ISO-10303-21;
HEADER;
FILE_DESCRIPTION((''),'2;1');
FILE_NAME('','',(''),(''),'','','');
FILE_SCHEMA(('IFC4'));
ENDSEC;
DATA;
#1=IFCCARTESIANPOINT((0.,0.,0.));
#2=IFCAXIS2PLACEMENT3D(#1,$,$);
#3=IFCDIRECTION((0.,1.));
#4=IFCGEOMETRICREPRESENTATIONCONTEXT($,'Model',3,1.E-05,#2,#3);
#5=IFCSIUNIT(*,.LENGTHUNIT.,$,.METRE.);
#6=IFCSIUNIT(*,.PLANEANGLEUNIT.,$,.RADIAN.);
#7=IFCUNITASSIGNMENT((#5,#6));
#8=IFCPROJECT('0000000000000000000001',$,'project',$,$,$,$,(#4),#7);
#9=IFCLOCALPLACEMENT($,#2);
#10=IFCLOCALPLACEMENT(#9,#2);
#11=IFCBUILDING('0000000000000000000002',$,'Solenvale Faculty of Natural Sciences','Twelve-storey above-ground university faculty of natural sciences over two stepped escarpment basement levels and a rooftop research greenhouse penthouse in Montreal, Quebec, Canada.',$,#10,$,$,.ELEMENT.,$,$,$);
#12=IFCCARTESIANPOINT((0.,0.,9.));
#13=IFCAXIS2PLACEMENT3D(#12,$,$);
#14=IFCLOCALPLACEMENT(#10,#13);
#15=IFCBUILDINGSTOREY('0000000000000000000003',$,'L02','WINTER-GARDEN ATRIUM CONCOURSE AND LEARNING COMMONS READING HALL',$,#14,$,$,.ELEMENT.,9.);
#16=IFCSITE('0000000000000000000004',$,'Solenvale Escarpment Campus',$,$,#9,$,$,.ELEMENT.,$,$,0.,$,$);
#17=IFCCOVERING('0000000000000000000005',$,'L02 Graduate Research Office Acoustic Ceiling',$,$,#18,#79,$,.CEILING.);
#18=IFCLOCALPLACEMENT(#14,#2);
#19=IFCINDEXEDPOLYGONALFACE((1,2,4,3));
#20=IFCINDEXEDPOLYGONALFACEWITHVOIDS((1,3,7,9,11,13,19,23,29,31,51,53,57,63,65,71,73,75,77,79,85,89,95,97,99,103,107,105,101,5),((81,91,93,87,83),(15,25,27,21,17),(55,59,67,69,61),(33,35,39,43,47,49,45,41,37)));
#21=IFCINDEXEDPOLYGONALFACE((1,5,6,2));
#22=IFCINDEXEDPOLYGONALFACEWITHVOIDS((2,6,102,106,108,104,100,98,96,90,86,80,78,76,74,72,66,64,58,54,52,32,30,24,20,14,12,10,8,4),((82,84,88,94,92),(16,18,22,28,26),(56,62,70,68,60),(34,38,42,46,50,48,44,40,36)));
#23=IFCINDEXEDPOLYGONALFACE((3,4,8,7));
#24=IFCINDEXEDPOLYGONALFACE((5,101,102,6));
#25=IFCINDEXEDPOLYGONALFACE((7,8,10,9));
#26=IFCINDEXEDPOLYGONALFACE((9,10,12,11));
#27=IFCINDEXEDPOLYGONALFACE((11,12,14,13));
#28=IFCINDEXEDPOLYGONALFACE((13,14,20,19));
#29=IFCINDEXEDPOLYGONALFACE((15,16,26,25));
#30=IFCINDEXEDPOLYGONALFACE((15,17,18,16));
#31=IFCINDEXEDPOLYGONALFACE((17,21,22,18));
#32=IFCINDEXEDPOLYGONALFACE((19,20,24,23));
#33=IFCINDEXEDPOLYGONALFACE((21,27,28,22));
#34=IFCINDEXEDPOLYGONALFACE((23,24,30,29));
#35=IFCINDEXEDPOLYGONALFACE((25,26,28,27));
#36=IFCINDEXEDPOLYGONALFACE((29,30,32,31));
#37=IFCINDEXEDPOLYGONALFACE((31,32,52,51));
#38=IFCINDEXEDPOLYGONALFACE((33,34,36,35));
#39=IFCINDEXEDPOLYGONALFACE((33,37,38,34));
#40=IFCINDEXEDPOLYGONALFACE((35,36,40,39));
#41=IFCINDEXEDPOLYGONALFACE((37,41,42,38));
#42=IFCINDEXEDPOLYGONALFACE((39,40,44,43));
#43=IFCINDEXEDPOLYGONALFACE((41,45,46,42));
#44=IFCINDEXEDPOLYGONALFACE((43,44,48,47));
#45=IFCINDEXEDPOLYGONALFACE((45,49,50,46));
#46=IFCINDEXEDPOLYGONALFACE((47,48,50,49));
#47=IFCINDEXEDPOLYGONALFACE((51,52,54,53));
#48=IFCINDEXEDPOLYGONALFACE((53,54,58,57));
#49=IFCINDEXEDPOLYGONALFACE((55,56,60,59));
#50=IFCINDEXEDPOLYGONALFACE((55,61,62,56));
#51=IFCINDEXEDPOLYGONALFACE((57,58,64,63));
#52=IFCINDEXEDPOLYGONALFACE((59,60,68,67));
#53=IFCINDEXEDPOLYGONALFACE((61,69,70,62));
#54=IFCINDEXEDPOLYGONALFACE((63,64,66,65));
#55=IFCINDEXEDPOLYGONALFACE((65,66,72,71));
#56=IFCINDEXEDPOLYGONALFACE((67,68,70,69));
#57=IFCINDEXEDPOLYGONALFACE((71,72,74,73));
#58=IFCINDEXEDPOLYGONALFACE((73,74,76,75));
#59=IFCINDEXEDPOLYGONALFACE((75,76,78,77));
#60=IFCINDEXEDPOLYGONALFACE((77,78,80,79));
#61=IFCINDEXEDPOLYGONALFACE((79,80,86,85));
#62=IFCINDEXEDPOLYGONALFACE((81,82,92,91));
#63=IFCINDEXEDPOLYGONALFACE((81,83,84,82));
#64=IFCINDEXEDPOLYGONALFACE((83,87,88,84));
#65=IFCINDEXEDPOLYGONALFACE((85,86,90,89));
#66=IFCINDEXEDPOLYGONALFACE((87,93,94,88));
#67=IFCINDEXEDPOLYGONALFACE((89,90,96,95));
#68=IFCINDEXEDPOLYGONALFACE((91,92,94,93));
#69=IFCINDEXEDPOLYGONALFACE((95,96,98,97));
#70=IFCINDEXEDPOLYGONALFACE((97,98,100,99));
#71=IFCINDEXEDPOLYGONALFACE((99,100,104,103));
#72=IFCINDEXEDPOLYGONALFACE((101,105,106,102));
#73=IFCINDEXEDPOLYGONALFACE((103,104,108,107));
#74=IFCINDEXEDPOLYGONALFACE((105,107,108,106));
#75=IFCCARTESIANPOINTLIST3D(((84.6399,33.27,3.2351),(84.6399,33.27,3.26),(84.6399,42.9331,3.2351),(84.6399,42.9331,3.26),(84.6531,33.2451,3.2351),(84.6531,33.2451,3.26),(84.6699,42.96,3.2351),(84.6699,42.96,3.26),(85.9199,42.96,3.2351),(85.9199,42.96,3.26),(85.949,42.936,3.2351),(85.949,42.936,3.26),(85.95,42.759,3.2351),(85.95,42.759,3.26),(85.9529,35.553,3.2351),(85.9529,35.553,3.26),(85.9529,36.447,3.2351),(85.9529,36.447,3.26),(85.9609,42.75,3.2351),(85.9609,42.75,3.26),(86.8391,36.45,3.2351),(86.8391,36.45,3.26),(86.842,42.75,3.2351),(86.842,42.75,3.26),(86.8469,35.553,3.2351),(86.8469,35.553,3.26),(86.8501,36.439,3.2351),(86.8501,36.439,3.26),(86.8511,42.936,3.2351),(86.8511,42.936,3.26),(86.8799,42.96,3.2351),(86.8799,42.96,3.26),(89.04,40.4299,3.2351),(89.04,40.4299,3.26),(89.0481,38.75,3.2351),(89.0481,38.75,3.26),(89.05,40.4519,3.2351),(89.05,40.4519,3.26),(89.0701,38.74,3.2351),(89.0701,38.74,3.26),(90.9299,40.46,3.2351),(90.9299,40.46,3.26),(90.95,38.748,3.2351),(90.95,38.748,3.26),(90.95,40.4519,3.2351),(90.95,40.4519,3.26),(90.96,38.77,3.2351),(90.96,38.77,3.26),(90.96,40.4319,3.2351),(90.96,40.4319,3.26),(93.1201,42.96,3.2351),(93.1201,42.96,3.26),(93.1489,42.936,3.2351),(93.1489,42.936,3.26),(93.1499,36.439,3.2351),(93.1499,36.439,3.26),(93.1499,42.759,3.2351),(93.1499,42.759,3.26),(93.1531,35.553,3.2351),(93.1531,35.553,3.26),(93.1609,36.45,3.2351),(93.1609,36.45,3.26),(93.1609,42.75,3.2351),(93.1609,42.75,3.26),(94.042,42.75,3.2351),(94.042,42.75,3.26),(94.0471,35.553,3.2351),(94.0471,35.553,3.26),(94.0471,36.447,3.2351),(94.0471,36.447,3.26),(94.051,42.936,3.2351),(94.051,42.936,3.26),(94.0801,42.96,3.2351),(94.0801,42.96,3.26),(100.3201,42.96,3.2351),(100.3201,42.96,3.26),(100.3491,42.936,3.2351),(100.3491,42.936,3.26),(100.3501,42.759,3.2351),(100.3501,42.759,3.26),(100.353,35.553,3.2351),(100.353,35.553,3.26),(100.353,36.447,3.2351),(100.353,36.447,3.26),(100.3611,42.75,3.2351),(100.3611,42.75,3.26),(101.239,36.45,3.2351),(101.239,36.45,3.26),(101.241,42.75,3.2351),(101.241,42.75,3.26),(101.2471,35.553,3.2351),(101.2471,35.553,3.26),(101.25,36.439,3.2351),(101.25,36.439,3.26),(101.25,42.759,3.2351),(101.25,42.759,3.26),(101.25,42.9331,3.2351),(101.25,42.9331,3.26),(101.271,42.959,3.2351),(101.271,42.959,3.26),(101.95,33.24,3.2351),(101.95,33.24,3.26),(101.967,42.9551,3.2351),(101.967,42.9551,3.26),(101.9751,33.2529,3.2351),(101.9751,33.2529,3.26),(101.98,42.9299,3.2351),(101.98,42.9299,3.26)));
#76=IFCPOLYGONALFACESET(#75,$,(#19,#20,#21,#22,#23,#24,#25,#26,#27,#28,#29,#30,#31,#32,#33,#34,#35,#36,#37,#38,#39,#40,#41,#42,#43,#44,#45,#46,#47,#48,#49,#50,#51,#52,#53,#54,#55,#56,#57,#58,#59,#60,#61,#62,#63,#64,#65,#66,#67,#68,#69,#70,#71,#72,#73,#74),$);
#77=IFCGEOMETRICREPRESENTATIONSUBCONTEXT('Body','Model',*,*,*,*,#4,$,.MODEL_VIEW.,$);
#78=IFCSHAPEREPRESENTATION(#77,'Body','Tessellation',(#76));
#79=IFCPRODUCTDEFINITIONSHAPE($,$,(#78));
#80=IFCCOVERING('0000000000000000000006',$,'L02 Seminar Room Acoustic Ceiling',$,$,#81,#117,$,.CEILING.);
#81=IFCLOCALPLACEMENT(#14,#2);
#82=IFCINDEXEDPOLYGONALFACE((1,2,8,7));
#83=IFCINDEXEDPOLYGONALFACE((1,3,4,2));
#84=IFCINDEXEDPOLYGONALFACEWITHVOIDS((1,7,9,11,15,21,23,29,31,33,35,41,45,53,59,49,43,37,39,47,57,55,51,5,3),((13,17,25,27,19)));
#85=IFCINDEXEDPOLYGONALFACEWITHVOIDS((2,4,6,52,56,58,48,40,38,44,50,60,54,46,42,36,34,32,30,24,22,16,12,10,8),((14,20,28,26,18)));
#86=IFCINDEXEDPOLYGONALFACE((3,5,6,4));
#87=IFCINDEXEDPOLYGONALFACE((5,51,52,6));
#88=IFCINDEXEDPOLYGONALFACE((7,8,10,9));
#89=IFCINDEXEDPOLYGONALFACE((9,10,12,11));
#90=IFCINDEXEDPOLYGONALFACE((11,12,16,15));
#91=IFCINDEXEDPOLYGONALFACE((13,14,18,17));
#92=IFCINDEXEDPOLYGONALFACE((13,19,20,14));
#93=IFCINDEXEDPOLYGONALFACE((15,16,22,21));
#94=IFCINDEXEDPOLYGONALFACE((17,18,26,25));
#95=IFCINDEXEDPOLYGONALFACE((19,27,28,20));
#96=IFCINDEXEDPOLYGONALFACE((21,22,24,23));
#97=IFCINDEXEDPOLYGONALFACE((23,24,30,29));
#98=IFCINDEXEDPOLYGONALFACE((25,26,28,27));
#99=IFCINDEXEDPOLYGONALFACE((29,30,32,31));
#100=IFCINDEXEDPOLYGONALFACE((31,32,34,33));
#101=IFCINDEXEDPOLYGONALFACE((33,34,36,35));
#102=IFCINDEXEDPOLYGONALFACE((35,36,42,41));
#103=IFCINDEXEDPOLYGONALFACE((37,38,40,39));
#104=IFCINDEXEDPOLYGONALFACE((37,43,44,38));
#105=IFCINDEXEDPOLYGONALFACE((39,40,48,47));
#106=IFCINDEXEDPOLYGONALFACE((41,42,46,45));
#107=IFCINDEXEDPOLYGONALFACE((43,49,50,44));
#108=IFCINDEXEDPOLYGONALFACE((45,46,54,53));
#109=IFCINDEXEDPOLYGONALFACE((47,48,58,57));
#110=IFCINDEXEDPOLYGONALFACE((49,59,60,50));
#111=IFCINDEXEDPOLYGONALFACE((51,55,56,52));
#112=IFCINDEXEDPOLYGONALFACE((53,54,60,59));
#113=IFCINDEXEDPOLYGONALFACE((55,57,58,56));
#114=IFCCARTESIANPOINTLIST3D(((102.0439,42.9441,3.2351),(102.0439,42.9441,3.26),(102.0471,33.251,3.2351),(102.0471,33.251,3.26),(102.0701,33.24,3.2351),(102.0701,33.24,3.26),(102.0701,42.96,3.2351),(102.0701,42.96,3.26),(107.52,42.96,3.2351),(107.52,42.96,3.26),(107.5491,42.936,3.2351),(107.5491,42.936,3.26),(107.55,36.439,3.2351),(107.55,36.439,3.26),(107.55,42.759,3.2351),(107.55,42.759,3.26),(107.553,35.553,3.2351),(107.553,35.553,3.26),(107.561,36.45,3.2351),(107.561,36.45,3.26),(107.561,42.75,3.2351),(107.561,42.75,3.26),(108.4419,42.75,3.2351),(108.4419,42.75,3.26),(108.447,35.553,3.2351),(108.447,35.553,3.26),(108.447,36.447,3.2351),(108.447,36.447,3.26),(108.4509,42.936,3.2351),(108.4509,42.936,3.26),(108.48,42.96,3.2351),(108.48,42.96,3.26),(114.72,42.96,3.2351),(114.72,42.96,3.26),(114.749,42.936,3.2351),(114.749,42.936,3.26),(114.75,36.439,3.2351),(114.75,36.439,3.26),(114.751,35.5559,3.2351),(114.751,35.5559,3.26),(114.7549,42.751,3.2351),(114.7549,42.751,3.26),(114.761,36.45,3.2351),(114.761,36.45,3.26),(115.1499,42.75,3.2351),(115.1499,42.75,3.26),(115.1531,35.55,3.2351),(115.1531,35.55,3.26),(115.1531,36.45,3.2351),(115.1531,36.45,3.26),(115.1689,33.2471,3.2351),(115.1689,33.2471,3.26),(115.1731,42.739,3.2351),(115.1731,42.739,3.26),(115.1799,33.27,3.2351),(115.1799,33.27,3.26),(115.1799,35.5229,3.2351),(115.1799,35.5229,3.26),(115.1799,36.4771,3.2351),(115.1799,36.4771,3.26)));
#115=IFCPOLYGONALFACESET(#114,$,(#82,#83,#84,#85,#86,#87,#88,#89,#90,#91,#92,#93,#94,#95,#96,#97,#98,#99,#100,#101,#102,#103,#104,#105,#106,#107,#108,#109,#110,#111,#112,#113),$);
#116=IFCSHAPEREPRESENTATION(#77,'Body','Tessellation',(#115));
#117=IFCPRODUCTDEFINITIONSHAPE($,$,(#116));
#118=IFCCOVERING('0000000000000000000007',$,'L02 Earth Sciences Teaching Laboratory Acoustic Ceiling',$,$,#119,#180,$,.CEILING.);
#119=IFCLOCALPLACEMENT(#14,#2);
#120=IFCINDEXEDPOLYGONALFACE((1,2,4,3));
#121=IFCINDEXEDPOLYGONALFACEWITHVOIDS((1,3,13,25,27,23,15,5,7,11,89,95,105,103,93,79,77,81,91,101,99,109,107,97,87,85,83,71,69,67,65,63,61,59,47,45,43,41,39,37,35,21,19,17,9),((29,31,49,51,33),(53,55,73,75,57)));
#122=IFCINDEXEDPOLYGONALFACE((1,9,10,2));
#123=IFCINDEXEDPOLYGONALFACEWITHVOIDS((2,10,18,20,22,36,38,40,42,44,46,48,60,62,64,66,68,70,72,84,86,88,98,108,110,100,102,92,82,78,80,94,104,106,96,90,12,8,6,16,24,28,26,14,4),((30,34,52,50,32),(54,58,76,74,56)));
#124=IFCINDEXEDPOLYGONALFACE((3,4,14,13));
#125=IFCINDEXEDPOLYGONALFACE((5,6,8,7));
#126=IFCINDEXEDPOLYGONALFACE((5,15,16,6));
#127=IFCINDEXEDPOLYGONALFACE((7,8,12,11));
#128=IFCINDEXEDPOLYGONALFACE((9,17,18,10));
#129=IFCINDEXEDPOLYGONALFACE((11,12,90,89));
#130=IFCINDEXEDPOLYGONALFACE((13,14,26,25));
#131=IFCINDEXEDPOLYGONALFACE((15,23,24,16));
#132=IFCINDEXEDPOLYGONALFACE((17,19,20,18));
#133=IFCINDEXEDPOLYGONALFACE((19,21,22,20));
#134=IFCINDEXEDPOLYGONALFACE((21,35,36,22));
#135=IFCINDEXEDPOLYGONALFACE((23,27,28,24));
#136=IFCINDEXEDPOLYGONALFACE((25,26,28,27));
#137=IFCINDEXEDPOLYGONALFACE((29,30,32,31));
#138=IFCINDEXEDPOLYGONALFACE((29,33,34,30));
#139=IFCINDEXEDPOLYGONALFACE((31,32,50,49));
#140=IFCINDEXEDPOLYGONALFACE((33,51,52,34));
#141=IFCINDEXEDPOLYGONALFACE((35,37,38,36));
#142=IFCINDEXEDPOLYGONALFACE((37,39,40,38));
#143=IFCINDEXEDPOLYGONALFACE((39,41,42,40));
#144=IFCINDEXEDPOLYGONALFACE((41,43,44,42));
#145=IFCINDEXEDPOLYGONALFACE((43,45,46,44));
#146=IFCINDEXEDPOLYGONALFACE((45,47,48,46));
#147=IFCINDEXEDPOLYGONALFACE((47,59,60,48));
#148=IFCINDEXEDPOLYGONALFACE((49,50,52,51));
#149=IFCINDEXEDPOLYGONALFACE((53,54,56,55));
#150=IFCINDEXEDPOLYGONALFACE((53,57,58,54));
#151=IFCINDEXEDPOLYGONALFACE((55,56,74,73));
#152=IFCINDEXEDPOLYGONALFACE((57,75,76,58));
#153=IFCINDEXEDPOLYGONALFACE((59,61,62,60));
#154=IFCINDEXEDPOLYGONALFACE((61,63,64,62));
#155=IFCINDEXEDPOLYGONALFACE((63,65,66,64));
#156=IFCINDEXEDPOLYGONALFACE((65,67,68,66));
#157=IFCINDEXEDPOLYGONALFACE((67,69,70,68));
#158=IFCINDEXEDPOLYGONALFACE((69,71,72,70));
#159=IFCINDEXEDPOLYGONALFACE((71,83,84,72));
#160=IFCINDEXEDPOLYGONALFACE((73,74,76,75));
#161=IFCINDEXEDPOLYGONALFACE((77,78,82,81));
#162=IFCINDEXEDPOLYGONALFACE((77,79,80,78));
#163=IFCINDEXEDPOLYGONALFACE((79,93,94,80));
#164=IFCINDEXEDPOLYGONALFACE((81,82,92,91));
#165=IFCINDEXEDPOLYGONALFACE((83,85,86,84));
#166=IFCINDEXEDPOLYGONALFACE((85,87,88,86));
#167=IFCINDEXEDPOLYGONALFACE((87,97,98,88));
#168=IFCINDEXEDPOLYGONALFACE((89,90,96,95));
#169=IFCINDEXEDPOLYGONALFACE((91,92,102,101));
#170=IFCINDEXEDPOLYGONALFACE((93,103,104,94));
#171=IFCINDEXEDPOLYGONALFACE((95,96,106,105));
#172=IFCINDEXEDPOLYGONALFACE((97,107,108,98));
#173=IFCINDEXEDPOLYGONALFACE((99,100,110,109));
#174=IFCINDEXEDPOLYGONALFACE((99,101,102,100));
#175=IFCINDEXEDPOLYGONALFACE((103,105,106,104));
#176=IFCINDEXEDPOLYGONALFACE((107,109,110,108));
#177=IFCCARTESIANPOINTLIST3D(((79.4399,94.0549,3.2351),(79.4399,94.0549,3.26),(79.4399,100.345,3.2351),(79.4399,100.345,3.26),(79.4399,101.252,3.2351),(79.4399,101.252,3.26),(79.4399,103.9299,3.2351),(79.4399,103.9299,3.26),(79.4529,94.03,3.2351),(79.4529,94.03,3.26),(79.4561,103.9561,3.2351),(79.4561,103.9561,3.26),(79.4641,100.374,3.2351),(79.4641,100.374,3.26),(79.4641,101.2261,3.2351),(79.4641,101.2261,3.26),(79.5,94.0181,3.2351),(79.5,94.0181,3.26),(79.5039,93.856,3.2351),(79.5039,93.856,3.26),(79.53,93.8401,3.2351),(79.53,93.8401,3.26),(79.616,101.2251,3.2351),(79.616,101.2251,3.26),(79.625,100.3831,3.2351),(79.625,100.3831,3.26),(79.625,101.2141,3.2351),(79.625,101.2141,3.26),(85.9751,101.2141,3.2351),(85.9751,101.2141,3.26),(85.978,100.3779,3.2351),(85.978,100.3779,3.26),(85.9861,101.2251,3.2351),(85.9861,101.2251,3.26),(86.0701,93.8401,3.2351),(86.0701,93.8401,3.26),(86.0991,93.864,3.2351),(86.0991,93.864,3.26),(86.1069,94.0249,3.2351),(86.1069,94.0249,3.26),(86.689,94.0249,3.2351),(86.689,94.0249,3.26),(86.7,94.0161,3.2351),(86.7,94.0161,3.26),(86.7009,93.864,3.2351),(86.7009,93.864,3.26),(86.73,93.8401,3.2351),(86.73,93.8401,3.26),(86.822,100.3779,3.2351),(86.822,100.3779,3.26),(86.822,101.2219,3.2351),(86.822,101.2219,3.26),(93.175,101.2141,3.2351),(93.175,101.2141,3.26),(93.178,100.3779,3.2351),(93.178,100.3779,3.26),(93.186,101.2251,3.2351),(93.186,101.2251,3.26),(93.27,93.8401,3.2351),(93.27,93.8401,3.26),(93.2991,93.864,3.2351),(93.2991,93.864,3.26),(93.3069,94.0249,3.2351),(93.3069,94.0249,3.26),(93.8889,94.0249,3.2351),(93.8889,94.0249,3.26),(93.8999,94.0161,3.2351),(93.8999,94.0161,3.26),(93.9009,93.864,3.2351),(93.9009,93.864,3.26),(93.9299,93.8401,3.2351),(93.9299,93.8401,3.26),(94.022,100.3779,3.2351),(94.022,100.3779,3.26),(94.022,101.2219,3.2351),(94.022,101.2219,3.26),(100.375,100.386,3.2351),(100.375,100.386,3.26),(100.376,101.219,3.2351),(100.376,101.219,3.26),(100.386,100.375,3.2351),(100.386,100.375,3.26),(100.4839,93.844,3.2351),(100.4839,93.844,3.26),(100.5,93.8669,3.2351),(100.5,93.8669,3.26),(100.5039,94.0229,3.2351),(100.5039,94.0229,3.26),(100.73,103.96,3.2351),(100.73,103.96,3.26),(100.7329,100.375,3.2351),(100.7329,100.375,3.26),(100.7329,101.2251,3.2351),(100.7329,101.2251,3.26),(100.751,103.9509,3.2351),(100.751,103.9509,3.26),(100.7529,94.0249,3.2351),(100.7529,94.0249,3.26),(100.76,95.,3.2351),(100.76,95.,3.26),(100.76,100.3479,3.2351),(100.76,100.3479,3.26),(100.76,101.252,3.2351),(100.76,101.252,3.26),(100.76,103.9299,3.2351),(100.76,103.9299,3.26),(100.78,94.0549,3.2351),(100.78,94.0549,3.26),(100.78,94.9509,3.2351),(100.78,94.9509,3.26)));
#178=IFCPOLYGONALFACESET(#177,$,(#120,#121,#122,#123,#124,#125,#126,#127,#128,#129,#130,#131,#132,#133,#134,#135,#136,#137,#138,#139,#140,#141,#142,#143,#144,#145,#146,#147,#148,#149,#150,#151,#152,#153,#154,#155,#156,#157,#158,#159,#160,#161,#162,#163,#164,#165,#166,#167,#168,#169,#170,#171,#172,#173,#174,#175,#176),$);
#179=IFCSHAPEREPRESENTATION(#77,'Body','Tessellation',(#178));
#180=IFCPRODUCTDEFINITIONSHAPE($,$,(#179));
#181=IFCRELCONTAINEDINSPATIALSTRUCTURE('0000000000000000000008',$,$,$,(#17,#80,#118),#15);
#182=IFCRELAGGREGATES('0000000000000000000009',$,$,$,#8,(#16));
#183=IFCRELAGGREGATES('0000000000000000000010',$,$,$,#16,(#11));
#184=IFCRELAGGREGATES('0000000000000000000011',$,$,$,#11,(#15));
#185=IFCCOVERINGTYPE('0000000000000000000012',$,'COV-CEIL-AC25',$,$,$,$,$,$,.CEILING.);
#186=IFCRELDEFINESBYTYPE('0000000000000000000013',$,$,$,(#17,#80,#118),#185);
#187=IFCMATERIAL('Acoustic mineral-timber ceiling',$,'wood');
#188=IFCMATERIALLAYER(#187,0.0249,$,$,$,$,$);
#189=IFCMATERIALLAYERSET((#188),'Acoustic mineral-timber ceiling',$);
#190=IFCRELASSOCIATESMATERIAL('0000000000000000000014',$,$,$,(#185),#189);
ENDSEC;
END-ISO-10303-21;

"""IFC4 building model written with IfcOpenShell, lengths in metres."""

from ifc_helpers import new_model, si_unit, direction, frame, origin, place, context, subcontext, project, spatial, polyline, outline, extrude, material, layer, layer_set, type_object, element, save


model = new_model("IFC4")

# Units and contexts
model_context = context("Model", 3, precision=1e-05, world=origin(), true_north=direction((0.0, 1.0)))
body_context = subcontext(model_context, "Body", "Model", "MODEL_VIEW")
ifc_project = project(units=[si_unit("LENGTHUNIT", "METRE"), si_unit("PLANEANGLEUNIT", "RADIAN")], contexts=[model_context])

# Site, building, storey
site_placement = place(None, origin())
site = spatial("IfcSite", under=ifc_project, at=site_placement, Name="Solenvale Escarpment Campus", CompositionType="ELEMENT", RefElevation=0.0)
building_placement = place(site_placement, origin())
building = spatial("IfcBuilding", under=site, at=building_placement, Name="Solenvale Faculty of Natural Sciences", Description="Twelve-storey above-ground university faculty of natural sciences over two stepped escarpment basement levels and a rooftop research greenhouse penthouse in Montreal, Quebec, Canada.", CompositionType="ELEMENT")
storey_placement = place(building_placement, frame((0.0, 0.0, 9.0)))
storey = spatial("IfcBuildingStorey", under=building, at=storey_placement, Name="L02", Description="WINTER-GARDEN ATRIUM CONCOURSE AND LEARNING COMMONS READING HALL", CompositionType="ELEMENT", Elevation=9.0)

# Coverings
ifc_material_1 = material(Name="Acoustic mineral-timber ceiling", Category="wood")
ifc_layer_1 = layer(ifc_material_1, 0.0249)
ifc_layer_set_1 = layer_set([ifc_layer_1], Name="Acoustic mineral-timber ceiling")
covering_type_1 = type_object("IfcCoveringType", Name="COV-CEIL-AC25", PredefinedType="CEILING", material=ifc_layer_set_1)
covering_1_placement = place(storey_placement, frame((0.0, 0.0, 3.2351)))
element("IfcCovering", 1, at=covering_1_placement, inside=storey, type_object=covering_type_1, Name="L02 Graduate Research Office Acoustic Ceiling", PredefinedType="CEILING", context=body_context, shape_type="SweptSolid", body=[
    extrude(outline(polyline([(85.9199, 42.96), (85.949, 42.936), (85.95, 42.759), (85.9609, 42.75), (86.842, 42.75), (86.8511, 42.936), (86.8799, 42.96), (93.1201, 42.96), (93.1489, 42.936), (93.1499, 42.759), (93.1609, 42.75), (94.042, 42.75), (94.051, 42.936), (94.0801, 42.96), (100.3201, 42.96), (100.3491, 42.936), (100.3501, 42.759), (100.3611, 42.75), (101.241, 42.75), (101.25, 42.759), (101.25, 42.9331), (101.271, 42.959), (101.967, 42.9551), (101.98, 42.9299), (101.9751, 33.2529), (101.95, 33.24), (84.6531, 33.2451), (84.6399, 33.27), (84.6399, 42.9331), (84.6699, 42.96), (85.9199, 42.96)]), holes=[polyline([(101.25, 36.439), (101.239, 36.45), (100.353, 36.447), (100.353, 35.553), (101.2471, 35.553), (101.25, 36.439)]), polyline([(93.1609, 36.45), (93.1499, 36.439), (93.1531, 35.553), (94.0471, 35.553), (94.0471, 36.447), (93.1609, 36.45)]), polyline([(90.96, 40.4319), (90.95, 40.4519), (90.9299, 40.46), (89.05, 40.4519), (89.04, 40.4299), (89.0481, 38.75), (89.0701, 38.74), (90.95, 38.748), (90.96, 38.77), (90.96, 40.4319)]), polyline([(86.8501, 36.439), (86.8391, 36.45), (85.9529, 36.447), (85.9529, 35.553), (86.8469, 35.553), (86.8501, 36.439)])]), origin(), (0.0, 0.0, 1.0), 0.0249),
])
covering_2_placement = place(storey_placement, frame((0.0, 0.0, 3.2351)))
element("IfcCovering", 2, at=covering_2_placement, inside=storey, type_object=covering_type_1, Name="L02 Seminar Room Acoustic Ceiling", PredefinedType="CEILING", context=body_context, shape_type="SweptSolid", body=[
    extrude(outline(polyline([(107.52, 42.96), (107.5491, 42.936), (107.55, 42.759), (107.561, 42.75), (108.4419, 42.75), (108.4509, 42.936), (108.48, 42.96), (114.72, 42.96), (114.749, 42.936), (114.7549, 42.751), (115.1499, 42.75), (115.1731, 42.739), (115.1799, 36.4771), (115.1531, 36.45), (114.761, 36.45), (114.75, 36.439), (114.751, 35.5559), (115.1531, 35.55), (115.1799, 35.5229), (115.1799, 33.27), (115.1689, 33.2471), (102.0701, 33.24), (102.0471, 33.251), (102.0439, 42.9441), (102.0701, 42.96), (107.52, 42.96)]), holes=[polyline([(107.561, 36.45), (107.55, 36.439), (107.553, 35.553), (108.447, 35.553), (108.447, 36.447), (107.561, 36.45)])]), origin(), (0.0, 0.0, 1.0), 0.0249),
])
covering_3_placement = place(storey_placement, frame((0.0, 0.0, 3.2351)))
element("IfcCovering", 3, at=covering_3_placement, inside=storey, type_object=covering_type_1, Name="L02 Earth Sciences Teaching Laboratory Acoustic Ceiling", PredefinedType="CEILING", context=body_context, shape_type="SweptSolid", body=[
    extrude(outline(polyline([(100.73, 103.96), (100.751, 103.9509), (100.76, 103.9299), (100.76, 101.252), (100.7329, 101.2251), (100.376, 101.219), (100.375, 100.386), (100.386, 100.375), (100.7329, 100.375), (100.76, 100.3479), (100.76, 95.0), (100.78, 94.9509), (100.78, 94.0549), (100.7529, 94.0249), (100.5039, 94.0229), (100.5, 93.8669), (100.4839, 93.844), (93.9299, 93.8401), (93.9009, 93.864), (93.8999, 94.0161), (93.8889, 94.0249), (93.3069, 94.0249), (93.2991, 93.864), (93.27, 93.8401), (86.73, 93.8401), (86.7009, 93.864), (86.7, 94.0161), (86.689, 94.0249), (86.1069, 94.0249), (86.0991, 93.864), (86.0701, 93.8401), (79.53, 93.8401), (79.5039, 93.856), (79.5, 94.0181), (79.4529, 94.03), (79.4399, 94.0549), (79.4399, 100.345), (79.4641, 100.374), (79.625, 100.3831), (79.625, 101.2141), (79.616, 101.2251), (79.4641, 101.2261), (79.4399, 101.252), (79.4399, 103.9299), (79.4561, 103.9561), (100.73, 103.96)]), holes=[polyline([(93.186, 101.2251), (93.175, 101.2141), (93.178, 100.3779), (94.022, 100.3779), (94.022, 101.2219), (93.186, 101.2251)]), polyline([(85.9861, 101.2251), (85.9751, 101.2141), (85.978, 100.3779), (86.822, 100.3779), (86.822, 101.2219), (85.9861, 101.2251)])]), origin(), (0.0, 0.0, 1.0), 0.0249),
])

save(model, "model.ifc")
